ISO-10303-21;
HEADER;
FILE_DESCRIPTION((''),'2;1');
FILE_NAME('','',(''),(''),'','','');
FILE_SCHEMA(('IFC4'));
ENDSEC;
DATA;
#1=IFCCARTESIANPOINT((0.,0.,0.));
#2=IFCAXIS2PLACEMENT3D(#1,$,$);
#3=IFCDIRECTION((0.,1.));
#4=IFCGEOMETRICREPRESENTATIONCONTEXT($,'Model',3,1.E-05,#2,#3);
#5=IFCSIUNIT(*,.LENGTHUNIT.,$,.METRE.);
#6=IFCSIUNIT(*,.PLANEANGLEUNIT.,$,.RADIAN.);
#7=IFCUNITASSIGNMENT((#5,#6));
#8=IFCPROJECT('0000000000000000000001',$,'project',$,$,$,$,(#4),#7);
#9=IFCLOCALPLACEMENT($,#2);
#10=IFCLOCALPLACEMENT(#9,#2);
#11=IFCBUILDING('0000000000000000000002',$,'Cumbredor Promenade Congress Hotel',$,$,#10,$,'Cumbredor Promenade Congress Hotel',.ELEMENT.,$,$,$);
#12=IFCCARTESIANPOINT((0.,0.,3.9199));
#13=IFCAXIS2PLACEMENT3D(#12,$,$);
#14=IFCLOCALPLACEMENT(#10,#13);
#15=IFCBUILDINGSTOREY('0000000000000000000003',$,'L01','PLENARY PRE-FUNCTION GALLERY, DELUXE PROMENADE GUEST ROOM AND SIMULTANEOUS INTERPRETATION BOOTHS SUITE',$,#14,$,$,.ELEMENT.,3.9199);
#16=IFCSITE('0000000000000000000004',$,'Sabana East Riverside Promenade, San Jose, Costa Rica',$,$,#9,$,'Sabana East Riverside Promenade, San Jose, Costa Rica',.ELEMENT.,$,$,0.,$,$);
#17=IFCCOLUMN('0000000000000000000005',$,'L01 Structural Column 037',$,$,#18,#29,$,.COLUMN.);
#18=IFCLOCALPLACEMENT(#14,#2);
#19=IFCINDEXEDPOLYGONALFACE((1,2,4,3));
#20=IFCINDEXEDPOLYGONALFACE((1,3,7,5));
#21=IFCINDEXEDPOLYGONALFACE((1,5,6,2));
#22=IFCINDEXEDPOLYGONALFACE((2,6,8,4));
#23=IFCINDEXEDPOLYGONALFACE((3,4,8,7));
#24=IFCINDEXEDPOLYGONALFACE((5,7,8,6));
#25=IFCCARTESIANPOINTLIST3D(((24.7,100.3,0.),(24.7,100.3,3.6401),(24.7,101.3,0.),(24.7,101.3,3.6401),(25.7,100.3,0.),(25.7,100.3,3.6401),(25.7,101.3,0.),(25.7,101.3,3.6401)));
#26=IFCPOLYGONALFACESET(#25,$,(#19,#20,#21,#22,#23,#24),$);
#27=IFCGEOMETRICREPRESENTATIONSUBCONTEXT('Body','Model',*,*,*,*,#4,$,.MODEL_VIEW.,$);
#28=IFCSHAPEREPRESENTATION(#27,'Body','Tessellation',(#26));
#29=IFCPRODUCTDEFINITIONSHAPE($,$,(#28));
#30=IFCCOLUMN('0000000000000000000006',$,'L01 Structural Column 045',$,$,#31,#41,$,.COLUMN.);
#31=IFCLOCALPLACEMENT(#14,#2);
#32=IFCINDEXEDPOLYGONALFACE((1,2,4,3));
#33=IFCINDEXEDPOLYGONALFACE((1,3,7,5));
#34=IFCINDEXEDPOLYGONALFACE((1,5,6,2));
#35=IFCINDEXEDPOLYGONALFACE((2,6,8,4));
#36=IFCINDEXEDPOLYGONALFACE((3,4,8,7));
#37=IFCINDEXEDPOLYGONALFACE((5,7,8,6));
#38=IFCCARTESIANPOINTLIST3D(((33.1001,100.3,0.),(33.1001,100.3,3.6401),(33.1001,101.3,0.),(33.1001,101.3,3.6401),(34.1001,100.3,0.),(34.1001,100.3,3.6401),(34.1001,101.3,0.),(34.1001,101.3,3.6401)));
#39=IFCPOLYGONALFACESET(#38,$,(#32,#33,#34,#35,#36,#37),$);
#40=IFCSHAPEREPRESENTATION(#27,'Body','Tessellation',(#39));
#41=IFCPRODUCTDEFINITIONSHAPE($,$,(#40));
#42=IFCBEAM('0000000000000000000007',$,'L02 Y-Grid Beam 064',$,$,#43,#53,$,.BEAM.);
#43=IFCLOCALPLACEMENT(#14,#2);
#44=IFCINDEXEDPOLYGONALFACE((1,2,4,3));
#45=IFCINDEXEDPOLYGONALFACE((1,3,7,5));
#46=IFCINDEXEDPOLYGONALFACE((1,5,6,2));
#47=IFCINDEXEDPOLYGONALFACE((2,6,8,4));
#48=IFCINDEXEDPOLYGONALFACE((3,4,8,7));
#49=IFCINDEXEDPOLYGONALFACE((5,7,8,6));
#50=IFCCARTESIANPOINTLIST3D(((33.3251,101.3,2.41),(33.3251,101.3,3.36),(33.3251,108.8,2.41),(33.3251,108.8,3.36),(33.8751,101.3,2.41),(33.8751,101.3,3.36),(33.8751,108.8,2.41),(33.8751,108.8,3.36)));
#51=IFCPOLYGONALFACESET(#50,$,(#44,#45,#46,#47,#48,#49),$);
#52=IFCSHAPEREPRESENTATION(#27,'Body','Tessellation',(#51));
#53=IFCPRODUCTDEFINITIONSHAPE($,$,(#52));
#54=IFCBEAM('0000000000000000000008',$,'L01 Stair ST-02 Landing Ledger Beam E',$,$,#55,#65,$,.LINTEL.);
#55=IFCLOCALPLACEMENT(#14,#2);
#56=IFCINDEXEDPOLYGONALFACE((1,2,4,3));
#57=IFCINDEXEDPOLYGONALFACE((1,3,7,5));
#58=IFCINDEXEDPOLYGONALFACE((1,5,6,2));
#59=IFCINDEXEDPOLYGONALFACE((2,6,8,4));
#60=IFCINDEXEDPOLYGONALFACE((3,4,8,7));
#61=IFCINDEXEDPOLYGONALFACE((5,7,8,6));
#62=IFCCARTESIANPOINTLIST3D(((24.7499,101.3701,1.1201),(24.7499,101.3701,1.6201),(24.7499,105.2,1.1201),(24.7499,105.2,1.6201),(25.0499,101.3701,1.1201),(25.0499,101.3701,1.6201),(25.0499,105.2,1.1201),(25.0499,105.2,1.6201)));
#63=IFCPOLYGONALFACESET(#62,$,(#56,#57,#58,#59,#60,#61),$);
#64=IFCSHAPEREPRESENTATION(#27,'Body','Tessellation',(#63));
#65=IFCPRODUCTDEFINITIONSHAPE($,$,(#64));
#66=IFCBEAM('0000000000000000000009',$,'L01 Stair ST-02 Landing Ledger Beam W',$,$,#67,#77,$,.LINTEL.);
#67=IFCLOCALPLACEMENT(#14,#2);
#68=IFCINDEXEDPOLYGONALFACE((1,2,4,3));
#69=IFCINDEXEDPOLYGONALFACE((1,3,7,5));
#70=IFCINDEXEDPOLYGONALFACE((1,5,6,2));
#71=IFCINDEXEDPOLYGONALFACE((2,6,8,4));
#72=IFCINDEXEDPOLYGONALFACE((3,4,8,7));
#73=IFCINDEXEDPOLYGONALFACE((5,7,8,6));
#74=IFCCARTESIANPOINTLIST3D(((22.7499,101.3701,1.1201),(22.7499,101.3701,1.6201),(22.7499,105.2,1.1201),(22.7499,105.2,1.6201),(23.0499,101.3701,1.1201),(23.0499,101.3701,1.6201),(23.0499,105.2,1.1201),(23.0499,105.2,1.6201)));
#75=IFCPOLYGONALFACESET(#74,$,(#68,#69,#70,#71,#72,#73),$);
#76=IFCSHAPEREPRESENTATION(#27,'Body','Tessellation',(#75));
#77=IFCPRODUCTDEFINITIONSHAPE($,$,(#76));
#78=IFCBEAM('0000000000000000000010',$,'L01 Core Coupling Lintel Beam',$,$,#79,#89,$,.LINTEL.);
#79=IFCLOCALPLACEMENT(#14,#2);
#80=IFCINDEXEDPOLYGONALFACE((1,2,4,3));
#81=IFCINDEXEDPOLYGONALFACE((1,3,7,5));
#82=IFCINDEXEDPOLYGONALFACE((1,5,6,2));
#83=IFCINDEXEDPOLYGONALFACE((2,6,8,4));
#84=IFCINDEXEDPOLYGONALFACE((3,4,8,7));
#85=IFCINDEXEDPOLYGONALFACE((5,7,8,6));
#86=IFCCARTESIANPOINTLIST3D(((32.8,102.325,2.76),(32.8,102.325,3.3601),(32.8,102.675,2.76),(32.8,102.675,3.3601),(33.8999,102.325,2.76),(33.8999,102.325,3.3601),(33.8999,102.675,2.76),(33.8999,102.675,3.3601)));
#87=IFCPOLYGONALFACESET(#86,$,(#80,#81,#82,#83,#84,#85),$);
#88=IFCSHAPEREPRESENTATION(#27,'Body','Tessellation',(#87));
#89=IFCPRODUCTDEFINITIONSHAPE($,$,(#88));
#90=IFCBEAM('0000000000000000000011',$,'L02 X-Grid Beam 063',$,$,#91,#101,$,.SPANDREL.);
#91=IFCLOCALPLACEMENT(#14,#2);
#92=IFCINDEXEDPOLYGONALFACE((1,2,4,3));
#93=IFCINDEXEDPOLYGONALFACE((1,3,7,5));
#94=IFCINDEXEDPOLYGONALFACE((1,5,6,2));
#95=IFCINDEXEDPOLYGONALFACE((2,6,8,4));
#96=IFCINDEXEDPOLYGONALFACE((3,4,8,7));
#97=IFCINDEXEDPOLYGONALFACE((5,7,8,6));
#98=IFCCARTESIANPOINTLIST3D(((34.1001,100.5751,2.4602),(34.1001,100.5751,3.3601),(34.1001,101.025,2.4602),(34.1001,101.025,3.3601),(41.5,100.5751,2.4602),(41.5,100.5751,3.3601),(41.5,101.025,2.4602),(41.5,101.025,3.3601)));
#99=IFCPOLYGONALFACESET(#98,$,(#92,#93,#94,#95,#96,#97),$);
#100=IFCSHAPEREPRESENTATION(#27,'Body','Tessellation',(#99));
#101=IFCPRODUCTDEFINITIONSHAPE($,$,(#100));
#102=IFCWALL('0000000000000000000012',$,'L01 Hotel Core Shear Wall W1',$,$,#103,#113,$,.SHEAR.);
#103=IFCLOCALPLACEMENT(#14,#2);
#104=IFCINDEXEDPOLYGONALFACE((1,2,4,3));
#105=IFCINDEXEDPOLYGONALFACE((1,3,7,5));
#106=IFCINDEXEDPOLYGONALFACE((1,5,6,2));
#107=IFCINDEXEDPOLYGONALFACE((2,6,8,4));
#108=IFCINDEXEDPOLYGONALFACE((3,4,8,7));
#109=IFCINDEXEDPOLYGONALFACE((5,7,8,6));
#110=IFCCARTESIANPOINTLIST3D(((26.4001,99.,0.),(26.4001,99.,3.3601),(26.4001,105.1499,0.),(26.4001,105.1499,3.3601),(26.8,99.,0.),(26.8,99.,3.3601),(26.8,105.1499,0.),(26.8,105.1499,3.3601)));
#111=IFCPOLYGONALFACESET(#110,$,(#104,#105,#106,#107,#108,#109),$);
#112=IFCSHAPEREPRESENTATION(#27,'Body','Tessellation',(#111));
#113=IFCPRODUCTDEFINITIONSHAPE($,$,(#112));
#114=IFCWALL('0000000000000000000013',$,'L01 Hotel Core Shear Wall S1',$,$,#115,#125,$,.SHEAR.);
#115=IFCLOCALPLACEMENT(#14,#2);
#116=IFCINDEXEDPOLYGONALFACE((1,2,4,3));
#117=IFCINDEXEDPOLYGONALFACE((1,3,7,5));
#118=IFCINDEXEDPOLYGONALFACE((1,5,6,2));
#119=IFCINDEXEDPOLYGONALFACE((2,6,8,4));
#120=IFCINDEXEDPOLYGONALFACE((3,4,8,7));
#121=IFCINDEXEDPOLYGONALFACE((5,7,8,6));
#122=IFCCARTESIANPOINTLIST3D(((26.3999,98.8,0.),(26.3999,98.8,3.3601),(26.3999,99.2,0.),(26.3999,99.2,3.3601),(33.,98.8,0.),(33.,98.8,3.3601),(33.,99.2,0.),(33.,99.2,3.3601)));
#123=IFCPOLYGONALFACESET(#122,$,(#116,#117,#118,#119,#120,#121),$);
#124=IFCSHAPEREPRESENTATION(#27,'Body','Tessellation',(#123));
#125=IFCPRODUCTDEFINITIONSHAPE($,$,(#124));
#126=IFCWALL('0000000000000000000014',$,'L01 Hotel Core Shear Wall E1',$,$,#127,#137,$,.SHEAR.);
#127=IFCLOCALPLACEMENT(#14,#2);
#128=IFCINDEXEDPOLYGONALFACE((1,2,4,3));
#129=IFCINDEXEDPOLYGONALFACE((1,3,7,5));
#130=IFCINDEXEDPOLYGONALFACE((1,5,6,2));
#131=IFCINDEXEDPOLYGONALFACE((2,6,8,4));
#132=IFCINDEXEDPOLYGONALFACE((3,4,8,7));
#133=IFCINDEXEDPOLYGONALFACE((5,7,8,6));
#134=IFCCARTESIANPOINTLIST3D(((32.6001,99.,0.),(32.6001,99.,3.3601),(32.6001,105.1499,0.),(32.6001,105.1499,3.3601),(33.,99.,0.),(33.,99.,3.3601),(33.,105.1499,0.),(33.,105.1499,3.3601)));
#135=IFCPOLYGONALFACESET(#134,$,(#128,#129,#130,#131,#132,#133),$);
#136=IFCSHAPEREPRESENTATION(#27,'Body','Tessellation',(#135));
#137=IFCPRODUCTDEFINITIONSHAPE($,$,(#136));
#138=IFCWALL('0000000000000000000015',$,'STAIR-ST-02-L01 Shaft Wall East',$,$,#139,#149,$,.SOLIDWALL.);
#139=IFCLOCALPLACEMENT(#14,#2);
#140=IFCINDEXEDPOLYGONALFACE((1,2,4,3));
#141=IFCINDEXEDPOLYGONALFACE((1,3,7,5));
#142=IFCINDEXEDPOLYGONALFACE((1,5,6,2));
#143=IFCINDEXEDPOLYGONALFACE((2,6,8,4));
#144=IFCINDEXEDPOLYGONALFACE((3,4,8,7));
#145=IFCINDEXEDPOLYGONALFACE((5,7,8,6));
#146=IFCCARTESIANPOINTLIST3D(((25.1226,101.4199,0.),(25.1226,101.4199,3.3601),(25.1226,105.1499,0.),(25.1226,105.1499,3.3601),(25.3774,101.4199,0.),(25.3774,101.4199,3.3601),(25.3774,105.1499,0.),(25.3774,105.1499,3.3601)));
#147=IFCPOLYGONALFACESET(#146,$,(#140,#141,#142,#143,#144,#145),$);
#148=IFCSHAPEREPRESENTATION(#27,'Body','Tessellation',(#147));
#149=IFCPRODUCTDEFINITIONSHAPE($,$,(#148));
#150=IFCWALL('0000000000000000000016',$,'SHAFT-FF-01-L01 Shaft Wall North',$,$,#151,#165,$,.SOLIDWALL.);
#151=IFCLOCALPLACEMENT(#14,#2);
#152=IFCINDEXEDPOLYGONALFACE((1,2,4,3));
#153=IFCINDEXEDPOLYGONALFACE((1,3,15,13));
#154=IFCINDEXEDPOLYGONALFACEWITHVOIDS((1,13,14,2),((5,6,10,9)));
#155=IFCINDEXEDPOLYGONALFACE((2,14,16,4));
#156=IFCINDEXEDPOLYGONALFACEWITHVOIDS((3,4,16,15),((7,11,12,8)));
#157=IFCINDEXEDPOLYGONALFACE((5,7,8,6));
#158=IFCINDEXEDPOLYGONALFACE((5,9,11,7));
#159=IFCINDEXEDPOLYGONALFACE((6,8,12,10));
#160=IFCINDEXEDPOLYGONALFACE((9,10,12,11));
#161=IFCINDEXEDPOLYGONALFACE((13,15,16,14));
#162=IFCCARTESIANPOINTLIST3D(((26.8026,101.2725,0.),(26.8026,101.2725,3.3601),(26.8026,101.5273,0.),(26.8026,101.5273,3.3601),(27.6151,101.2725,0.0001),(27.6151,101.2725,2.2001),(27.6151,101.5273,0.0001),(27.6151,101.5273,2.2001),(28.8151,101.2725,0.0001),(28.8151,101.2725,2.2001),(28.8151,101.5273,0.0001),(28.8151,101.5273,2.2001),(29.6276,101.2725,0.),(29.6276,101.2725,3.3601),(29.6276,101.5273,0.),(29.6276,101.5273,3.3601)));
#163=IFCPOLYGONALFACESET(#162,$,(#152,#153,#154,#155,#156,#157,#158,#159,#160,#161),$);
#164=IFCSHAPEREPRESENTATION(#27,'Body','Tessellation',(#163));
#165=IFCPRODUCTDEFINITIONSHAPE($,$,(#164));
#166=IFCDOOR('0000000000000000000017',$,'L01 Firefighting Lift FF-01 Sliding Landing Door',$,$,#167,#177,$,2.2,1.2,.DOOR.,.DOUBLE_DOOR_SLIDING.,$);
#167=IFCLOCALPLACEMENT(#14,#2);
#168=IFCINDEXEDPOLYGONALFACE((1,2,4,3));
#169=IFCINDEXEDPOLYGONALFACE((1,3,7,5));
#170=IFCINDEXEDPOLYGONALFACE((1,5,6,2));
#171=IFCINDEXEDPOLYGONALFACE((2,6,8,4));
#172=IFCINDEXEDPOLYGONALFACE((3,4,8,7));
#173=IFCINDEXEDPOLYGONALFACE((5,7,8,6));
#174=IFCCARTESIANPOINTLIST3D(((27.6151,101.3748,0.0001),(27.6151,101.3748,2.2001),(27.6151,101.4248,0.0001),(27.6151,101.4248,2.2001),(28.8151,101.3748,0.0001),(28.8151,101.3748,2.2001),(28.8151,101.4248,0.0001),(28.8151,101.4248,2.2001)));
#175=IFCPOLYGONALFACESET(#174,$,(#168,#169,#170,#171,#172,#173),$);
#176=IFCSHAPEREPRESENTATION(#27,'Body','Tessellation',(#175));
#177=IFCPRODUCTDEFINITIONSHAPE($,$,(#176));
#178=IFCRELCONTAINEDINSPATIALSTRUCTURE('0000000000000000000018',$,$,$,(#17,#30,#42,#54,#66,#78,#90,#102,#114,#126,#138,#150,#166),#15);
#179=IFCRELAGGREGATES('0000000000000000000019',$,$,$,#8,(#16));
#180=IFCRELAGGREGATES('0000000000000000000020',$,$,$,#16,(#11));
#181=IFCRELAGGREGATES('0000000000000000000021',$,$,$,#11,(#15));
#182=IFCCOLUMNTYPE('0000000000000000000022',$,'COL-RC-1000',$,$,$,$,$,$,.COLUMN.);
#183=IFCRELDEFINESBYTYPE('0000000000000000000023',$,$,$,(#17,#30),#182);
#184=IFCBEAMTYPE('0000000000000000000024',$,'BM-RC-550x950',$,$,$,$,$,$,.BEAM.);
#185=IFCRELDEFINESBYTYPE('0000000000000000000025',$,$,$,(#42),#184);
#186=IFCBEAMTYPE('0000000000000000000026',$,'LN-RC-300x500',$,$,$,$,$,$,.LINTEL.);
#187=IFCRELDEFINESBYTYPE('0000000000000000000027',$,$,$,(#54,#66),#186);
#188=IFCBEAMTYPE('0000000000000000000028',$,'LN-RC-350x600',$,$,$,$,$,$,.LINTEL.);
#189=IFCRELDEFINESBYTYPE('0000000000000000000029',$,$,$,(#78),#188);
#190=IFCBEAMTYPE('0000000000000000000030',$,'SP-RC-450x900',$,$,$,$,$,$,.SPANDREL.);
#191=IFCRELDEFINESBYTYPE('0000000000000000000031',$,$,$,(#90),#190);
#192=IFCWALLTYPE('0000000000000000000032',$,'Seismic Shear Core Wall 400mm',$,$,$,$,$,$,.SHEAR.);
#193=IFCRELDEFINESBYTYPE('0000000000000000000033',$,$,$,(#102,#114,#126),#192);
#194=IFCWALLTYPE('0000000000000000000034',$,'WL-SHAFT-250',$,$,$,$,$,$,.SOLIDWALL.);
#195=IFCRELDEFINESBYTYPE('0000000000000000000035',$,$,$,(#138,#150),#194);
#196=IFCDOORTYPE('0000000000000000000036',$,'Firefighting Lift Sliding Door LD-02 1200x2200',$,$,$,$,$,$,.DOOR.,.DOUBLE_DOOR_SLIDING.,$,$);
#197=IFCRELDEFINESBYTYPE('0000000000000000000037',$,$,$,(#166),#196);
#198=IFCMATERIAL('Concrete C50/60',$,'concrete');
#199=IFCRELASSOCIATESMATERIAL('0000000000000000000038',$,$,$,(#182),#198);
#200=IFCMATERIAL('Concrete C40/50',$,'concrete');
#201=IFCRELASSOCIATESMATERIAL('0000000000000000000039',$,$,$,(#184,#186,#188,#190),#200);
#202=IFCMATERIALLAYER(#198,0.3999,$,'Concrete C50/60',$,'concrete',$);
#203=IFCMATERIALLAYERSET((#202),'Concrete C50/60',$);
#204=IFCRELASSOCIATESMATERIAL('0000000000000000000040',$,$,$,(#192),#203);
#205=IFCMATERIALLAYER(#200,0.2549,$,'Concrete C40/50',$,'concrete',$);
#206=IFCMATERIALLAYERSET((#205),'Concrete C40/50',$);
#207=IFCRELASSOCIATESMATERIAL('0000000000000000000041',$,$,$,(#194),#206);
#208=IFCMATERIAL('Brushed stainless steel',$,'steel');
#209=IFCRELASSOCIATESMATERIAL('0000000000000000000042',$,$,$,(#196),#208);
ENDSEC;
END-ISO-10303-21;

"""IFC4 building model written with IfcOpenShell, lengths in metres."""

from ifc_helpers import new_model, si_unit, direction, frame, frame_2d, origin, origin_2d, place, context, subcontext, project, spatial, rectangle, extrude, material, layer, layer_set, material_profile, profile_set, type_object, element, fill, save


model = new_model("IFC4")

# Units and contexts
model_context = context("Model", 3, precision=1e-05, world=origin(), true_north=direction((0.0, 1.0)))
body_context = subcontext(model_context, "Body", "Model", "MODEL_VIEW")
ifc_project = project(units=[si_unit("LENGTHUNIT", "METRE"), si_unit("PLANEANGLEUNIT", "RADIAN")], contexts=[model_context])

# Site, building, storey
site_placement = place(None, origin())
site = spatial("IfcSite", under=ifc_project, at=site_placement, Name="Sabana East Riverside Promenade, San Jose, Costa Rica", LongName="Sabana East Riverside Promenade, San Jose, Costa Rica", CompositionType="ELEMENT", RefElevation=0.0)
building_placement = place(site_placement, origin())
building = spatial("IfcBuilding", under=site, at=building_placement, Name="Cumbredor Promenade Congress Hotel", LongName="Cumbredor Promenade Congress Hotel", CompositionType="ELEMENT")
storey_placement = place(building_placement, frame((0.0, 0.0, 3.9199)))
storey = spatial("IfcBuildingStorey", under=building, at=storey_placement, Name="L01", Description="PLENARY PRE-FUNCTION GALLERY, DELUXE PROMENADE GUEST ROOM AND SIMULTANEOUS INTERPRETATION BOOTHS SUITE", CompositionType="ELEMENT", Elevation=3.9199)

# Columns
ifc_material_1 = material(Name="Concrete C50/60", Category="concrete")
ifc_material_profile_1 = material_profile(ifc_material_1, rectangle(XDim=1.0, YDim=1.0, at=origin_2d()), Name="RC 1000x1000")
ifc_profile_set_1 = profile_set([ifc_material_profile_1], Name="Concrete C50/60")
column_type = type_object("IfcColumnType", Name="COL-RC-1000", PredefinedType="COLUMN", material=ifc_profile_set_1)
for number, where, z_axis, x_axis, name in (
    (1, (25.2, 100.8, 0.0), (0.0, 0.0, 1.0), (1.0, 0.0, 0.0), "L01 Structural Column 037"),
    (2, (33.6001, 100.8, 0.0), (0.0, 0.0, 1.0), (1.0, 0.0, 0.0), "L01 Structural Column 045"),
):
    element("IfcColumn", number, at=place(storey_placement, frame(where, z_axis=z_axis, x_axis=x_axis)), inside=storey, type_object=column_type, Name=name, PredefinedType="COLUMN", context=body_context, shape_type="SweptSolid", body=[
        extrude(rectangle(XDim=1.0, YDim=1.0, at=origin_2d()), origin(), (0.0, 0.0, 1.0), 3.6401),
    ])

# Beams
ifc_material_2 = material(Name="Concrete C40/50", Category="concrete")
ifc_material_profile_2 = material_profile(ifc_material_2, rectangle(XDim=0.55, YDim=0.95, at=origin_2d()), Name="RC BEAM 550x950")
ifc_profile_set_2 = profile_set([ifc_material_profile_2], Name="Concrete C40/50")
beam_type_1 = type_object("IfcBeamType", Name="BM-RC-550x950", PredefinedType="BEAM", material=ifc_profile_set_2)
beam_1_placement = place(storey_placement, frame((33.6001, 101.3, 2.885), z_axis=(0.0, 1.0, 0.0), x_axis=(-1.0, 0.0, 0.0)))
element("IfcBeam", 3, at=beam_1_placement, inside=storey, type_object=beam_type_1, Name="L02 Y-Grid Beam 064", PredefinedType="BEAM", context=body_context, shape_type="SweptSolid", body=[
    extrude(rectangle(XDim=0.55, YDim=0.95, at=origin_2d()), origin(), (0.0, 0.0, 1.0), 7.5),
])
ifc_material_profile_3 = material_profile(ifc_material_2, rectangle(XDim=0.3, YDim=0.5, at=origin_2d()), Name="RC LINTEL 300x500")
ifc_profile_set_3 = profile_set([ifc_material_profile_3], Name="Concrete C40/50")
beam_type_2 = type_object("IfcBeamType", Name="LN-RC-300x500", PredefinedType="LINTEL", material=ifc_profile_set_3)
for number, where, z_axis, x_axis, name in (
    (4, (24.8999, 101.3701, 1.3701), (0.0, 1.0, 0.0), (-1.0, 0.0, 0.0), "L01 Stair ST-02 Landing Ledger Beam E"),
    (5, (22.8999, 101.3701, 1.3701), (0.0, 1.0, 0.0), (-1.0, 0.0, 0.0), "L01 Stair ST-02 Landing Ledger Beam W"),
):
    element("IfcBeam", number, at=place(storey_placement, frame(where, z_axis=z_axis, x_axis=x_axis)), inside=storey, type_object=beam_type_2, Name=name, PredefinedType="LINTEL", context=body_context, shape_type="SweptSolid", body=[
        extrude(rectangle(XDim=0.3, YDim=0.5, at=origin_2d()), origin(), (0.0, 0.0, 1.0), 3.8298),
    ])
ifc_material_profile_4 = material_profile(ifc_material_2, rectangle(XDim=0.3501, YDim=0.6001, at=origin_2d()), Name="RC LINTEL 350x600")
ifc_profile_set_4 = profile_set([ifc_material_profile_4], Name="Concrete C40/50")
beam_type_3 = type_object("IfcBeamType", Name="LN-RC-350x600", PredefinedType="LINTEL", material=ifc_profile_set_4)
beam_2_placement = place(storey_placement, frame((32.8, 102.5, 3.0601), z_axis=(1.0, 0.0, 0.0), x_axis=(0.0, 1.0, 0.0)))
element("IfcBeam", 6, at=beam_2_placement, inside=storey, type_object=beam_type_3, Name="L01 Core Coupling Lintel Beam", PredefinedType="LINTEL", context=body_context, shape_type="SweptSolid", body=[
    extrude(rectangle(XDim=0.3501, YDim=0.6001, at=origin_2d()), origin(), (0.0, 0.0, 1.0), 1.0999),
])
ifc_material_profile_5 = material_profile(ifc_material_2, rectangle(XDim=0.45, YDim=0.8999, at=origin_2d()), Name="RC SPANDREL 450x900")
ifc_profile_set_5 = profile_set([ifc_material_profile_5], Name="Concrete C40/50")
beam_type_4 = type_object("IfcBeamType", Name="SP-RC-450x900", PredefinedType="SPANDREL", material=ifc_profile_set_5)
beam_3_placement = place(storey_placement, frame((34.1001, 100.8, 2.9102), z_axis=(1.0, 0.0, 0.0), x_axis=(0.0, 1.0, 0.0)))
element("IfcBeam", 7, at=beam_3_placement, inside=storey, type_object=beam_type_4, Name="L02 X-Grid Beam 063", PredefinedType="SPANDREL", context=body_context, shape_type="SweptSolid", body=[
    extrude(rectangle(XDim=0.45, YDim=0.8999, at=origin_2d()), origin(), (0.0, 0.0, 1.0), 7.3999),
])

# Walls
ifc_layer_1 = layer(ifc_material_1, 0.3999, Name="Concrete C50/60", Category="concrete")
ifc_layer_set_1 = layer_set([ifc_layer_1], Name="Concrete C50/60")
wall_type_1 = type_object("IfcWallType", Name="Seismic Shear Core Wall 400mm", PredefinedType="SHEAR", material=ifc_layer_set_1)
wall_1_placement = place(storey_placement, frame((26.6001, 99.0, 0.0), z_axis=(0.0, 0.0, 1.0), x_axis=(0.0, 1.0, 0.0)))
element("IfcWall", 8, at=wall_1_placement, inside=storey, type_object=wall_type_1, Name="L01 Hotel Core Shear Wall W1", PredefinedType="SHEAR", context=body_context, shape_type="SweptSolid", body=[
    extrude(rectangle(XDim=6.1499, YDim=0.3999, at=frame_2d((3.075, 0.0))), origin(), (0.0, 0.0, 1.0), 3.3601),
])
wall_2_placement = place(storey_placement, frame((26.3999, 99.0, 0.0), z_axis=(0.0, 0.0, 1.0), x_axis=(1.0, 0.0, 0.0)))
element("IfcWall", 9, at=wall_2_placement, inside=storey, type_object=wall_type_1, Name="L01 Hotel Core Shear Wall S1", PredefinedType="SHEAR", context=body_context, shape_type="SweptSolid", body=[
    extrude(rectangle(XDim=6.6001, YDim=0.3999, at=frame_2d((3.3, 0.0))), origin(), (0.0, 0.0, 1.0), 3.3601),
])
wall_3_placement = place(storey_placement, frame((32.8, 99.0, 0.0), z_axis=(0.0, 0.0, 1.0), x_axis=(0.0, 1.0, 0.0)))
element("IfcWall", 10, at=wall_3_placement, inside=storey, type_object=wall_type_1, Name="L01 Hotel Core Shear Wall E1", PredefinedType="SHEAR", context=body_context, shape_type="SweptSolid", body=[
    extrude(rectangle(XDim=6.1499, YDim=0.3999, at=frame_2d((3.075, 0.0))), origin(), (0.0, 0.0, 1.0), 3.3601),
])

# Wall
ifc_layer_2 = layer(ifc_material_2, 0.2549, Name="Concrete C40/50", Category="concrete")
ifc_layer_set_2 = layer_set([ifc_layer_2], Name="Concrete C40/50")
wall_type_2 = type_object("IfcWallType", Name="WL-SHAFT-250", PredefinedType="SOLIDWALL", material=ifc_layer_set_2)
wall_4_placement = place(storey_placement, frame((25.25, 101.4199, 0.0), z_axis=(0.0, 0.0, 1.0), x_axis=(0.0, 1.0, 0.0)))
element("IfcWall", 11, at=wall_4_placement, inside=storey, type_object=wall_type_2, Name="STAIR-ST-02-L01 Shaft Wall East", PredefinedType="SOLIDWALL", context=body_context, shape_type="SweptSolid", body=[
    extrude(rectangle(XDim=3.73, YDim=0.2549, at=frame_2d((1.865, 0.0))), origin(), (0.0, 0.0, 1.0), 3.3601),
])

# Wall, opening, door
wall_5_placement = place(storey_placement, frame((26.8025, 101.3999, 0.0), z_axis=(0.0, 0.0, 1.0), x_axis=(1.0, 0.0, 0.0)))
wall_5 = element("IfcWall", 12, at=wall_5_placement, inside=storey, type_object=wall_type_2, Name="SHAFT-FF-01-L01 Shaft Wall North", PredefinedType="SOLIDWALL", context=body_context, shape_type="SweptSolid", body=[
    extrude(rectangle(XDim=2.825, YDim=0.2549, at=frame_2d((1.4126, 0.0))), origin(), (0.0, 0.0, 1.0), 3.3601),
])
opening_1_placement = place(wall_5_placement, frame((0.8125, 0.0, 0.0)))
opening_1 = element("IfcOpeningElement", 13, at=opening_1_placement, cuts=wall_5, PredefinedType="OPENING", context=body_context, shape_type="SweptSolid", body=[
    extrude(rectangle(XDim=1.2, YDim=2.2, at=frame_2d((0.6001, 1.1001))), frame((0.0, 0.1375, 0.0), z_axis=(0.0, -1.0, 0.0), x_axis=(1.0, 0.0, 0.0)), (0.0, 0.0, 1.0), 0.2749),
])
ifc_material_3 = material(Name="Brushed stainless steel", Category="steel")
door_type_1 = type_object("IfcDoorType", Name="Firefighting Lift Sliding Door LD-02 1200x2200", OperationType="DOUBLE_DOOR_SLIDING", PredefinedType="DOOR", material=ifc_material_3)
door_1_placement = place(opening_1_placement, origin())
door_1 = element("IfcDoor", 14, at=door_1_placement, inside=storey, type_object=door_type_1, Name="L01 Firefighting Lift FF-01 Sliding Landing Door", OperationType="DOUBLE_DOOR_SLIDING", OverallHeight=2.2, OverallWidth=1.2, PredefinedType="DOOR", context=body_context, shape_type="SweptSolid", body=[
    extrude(rectangle(XDim=1.2, YDim=2.2, at=frame_2d((0.6001, 1.1001))), frame((0.0, 0.0249, 0.0), z_axis=(0.0, -1.0, 0.0), x_axis=(1.0, 0.0, 0.0)), (0.0, 0.0, 1.0), 0.05),
])
fill(opening_1, door_1)

save(model, "model.ifc")
